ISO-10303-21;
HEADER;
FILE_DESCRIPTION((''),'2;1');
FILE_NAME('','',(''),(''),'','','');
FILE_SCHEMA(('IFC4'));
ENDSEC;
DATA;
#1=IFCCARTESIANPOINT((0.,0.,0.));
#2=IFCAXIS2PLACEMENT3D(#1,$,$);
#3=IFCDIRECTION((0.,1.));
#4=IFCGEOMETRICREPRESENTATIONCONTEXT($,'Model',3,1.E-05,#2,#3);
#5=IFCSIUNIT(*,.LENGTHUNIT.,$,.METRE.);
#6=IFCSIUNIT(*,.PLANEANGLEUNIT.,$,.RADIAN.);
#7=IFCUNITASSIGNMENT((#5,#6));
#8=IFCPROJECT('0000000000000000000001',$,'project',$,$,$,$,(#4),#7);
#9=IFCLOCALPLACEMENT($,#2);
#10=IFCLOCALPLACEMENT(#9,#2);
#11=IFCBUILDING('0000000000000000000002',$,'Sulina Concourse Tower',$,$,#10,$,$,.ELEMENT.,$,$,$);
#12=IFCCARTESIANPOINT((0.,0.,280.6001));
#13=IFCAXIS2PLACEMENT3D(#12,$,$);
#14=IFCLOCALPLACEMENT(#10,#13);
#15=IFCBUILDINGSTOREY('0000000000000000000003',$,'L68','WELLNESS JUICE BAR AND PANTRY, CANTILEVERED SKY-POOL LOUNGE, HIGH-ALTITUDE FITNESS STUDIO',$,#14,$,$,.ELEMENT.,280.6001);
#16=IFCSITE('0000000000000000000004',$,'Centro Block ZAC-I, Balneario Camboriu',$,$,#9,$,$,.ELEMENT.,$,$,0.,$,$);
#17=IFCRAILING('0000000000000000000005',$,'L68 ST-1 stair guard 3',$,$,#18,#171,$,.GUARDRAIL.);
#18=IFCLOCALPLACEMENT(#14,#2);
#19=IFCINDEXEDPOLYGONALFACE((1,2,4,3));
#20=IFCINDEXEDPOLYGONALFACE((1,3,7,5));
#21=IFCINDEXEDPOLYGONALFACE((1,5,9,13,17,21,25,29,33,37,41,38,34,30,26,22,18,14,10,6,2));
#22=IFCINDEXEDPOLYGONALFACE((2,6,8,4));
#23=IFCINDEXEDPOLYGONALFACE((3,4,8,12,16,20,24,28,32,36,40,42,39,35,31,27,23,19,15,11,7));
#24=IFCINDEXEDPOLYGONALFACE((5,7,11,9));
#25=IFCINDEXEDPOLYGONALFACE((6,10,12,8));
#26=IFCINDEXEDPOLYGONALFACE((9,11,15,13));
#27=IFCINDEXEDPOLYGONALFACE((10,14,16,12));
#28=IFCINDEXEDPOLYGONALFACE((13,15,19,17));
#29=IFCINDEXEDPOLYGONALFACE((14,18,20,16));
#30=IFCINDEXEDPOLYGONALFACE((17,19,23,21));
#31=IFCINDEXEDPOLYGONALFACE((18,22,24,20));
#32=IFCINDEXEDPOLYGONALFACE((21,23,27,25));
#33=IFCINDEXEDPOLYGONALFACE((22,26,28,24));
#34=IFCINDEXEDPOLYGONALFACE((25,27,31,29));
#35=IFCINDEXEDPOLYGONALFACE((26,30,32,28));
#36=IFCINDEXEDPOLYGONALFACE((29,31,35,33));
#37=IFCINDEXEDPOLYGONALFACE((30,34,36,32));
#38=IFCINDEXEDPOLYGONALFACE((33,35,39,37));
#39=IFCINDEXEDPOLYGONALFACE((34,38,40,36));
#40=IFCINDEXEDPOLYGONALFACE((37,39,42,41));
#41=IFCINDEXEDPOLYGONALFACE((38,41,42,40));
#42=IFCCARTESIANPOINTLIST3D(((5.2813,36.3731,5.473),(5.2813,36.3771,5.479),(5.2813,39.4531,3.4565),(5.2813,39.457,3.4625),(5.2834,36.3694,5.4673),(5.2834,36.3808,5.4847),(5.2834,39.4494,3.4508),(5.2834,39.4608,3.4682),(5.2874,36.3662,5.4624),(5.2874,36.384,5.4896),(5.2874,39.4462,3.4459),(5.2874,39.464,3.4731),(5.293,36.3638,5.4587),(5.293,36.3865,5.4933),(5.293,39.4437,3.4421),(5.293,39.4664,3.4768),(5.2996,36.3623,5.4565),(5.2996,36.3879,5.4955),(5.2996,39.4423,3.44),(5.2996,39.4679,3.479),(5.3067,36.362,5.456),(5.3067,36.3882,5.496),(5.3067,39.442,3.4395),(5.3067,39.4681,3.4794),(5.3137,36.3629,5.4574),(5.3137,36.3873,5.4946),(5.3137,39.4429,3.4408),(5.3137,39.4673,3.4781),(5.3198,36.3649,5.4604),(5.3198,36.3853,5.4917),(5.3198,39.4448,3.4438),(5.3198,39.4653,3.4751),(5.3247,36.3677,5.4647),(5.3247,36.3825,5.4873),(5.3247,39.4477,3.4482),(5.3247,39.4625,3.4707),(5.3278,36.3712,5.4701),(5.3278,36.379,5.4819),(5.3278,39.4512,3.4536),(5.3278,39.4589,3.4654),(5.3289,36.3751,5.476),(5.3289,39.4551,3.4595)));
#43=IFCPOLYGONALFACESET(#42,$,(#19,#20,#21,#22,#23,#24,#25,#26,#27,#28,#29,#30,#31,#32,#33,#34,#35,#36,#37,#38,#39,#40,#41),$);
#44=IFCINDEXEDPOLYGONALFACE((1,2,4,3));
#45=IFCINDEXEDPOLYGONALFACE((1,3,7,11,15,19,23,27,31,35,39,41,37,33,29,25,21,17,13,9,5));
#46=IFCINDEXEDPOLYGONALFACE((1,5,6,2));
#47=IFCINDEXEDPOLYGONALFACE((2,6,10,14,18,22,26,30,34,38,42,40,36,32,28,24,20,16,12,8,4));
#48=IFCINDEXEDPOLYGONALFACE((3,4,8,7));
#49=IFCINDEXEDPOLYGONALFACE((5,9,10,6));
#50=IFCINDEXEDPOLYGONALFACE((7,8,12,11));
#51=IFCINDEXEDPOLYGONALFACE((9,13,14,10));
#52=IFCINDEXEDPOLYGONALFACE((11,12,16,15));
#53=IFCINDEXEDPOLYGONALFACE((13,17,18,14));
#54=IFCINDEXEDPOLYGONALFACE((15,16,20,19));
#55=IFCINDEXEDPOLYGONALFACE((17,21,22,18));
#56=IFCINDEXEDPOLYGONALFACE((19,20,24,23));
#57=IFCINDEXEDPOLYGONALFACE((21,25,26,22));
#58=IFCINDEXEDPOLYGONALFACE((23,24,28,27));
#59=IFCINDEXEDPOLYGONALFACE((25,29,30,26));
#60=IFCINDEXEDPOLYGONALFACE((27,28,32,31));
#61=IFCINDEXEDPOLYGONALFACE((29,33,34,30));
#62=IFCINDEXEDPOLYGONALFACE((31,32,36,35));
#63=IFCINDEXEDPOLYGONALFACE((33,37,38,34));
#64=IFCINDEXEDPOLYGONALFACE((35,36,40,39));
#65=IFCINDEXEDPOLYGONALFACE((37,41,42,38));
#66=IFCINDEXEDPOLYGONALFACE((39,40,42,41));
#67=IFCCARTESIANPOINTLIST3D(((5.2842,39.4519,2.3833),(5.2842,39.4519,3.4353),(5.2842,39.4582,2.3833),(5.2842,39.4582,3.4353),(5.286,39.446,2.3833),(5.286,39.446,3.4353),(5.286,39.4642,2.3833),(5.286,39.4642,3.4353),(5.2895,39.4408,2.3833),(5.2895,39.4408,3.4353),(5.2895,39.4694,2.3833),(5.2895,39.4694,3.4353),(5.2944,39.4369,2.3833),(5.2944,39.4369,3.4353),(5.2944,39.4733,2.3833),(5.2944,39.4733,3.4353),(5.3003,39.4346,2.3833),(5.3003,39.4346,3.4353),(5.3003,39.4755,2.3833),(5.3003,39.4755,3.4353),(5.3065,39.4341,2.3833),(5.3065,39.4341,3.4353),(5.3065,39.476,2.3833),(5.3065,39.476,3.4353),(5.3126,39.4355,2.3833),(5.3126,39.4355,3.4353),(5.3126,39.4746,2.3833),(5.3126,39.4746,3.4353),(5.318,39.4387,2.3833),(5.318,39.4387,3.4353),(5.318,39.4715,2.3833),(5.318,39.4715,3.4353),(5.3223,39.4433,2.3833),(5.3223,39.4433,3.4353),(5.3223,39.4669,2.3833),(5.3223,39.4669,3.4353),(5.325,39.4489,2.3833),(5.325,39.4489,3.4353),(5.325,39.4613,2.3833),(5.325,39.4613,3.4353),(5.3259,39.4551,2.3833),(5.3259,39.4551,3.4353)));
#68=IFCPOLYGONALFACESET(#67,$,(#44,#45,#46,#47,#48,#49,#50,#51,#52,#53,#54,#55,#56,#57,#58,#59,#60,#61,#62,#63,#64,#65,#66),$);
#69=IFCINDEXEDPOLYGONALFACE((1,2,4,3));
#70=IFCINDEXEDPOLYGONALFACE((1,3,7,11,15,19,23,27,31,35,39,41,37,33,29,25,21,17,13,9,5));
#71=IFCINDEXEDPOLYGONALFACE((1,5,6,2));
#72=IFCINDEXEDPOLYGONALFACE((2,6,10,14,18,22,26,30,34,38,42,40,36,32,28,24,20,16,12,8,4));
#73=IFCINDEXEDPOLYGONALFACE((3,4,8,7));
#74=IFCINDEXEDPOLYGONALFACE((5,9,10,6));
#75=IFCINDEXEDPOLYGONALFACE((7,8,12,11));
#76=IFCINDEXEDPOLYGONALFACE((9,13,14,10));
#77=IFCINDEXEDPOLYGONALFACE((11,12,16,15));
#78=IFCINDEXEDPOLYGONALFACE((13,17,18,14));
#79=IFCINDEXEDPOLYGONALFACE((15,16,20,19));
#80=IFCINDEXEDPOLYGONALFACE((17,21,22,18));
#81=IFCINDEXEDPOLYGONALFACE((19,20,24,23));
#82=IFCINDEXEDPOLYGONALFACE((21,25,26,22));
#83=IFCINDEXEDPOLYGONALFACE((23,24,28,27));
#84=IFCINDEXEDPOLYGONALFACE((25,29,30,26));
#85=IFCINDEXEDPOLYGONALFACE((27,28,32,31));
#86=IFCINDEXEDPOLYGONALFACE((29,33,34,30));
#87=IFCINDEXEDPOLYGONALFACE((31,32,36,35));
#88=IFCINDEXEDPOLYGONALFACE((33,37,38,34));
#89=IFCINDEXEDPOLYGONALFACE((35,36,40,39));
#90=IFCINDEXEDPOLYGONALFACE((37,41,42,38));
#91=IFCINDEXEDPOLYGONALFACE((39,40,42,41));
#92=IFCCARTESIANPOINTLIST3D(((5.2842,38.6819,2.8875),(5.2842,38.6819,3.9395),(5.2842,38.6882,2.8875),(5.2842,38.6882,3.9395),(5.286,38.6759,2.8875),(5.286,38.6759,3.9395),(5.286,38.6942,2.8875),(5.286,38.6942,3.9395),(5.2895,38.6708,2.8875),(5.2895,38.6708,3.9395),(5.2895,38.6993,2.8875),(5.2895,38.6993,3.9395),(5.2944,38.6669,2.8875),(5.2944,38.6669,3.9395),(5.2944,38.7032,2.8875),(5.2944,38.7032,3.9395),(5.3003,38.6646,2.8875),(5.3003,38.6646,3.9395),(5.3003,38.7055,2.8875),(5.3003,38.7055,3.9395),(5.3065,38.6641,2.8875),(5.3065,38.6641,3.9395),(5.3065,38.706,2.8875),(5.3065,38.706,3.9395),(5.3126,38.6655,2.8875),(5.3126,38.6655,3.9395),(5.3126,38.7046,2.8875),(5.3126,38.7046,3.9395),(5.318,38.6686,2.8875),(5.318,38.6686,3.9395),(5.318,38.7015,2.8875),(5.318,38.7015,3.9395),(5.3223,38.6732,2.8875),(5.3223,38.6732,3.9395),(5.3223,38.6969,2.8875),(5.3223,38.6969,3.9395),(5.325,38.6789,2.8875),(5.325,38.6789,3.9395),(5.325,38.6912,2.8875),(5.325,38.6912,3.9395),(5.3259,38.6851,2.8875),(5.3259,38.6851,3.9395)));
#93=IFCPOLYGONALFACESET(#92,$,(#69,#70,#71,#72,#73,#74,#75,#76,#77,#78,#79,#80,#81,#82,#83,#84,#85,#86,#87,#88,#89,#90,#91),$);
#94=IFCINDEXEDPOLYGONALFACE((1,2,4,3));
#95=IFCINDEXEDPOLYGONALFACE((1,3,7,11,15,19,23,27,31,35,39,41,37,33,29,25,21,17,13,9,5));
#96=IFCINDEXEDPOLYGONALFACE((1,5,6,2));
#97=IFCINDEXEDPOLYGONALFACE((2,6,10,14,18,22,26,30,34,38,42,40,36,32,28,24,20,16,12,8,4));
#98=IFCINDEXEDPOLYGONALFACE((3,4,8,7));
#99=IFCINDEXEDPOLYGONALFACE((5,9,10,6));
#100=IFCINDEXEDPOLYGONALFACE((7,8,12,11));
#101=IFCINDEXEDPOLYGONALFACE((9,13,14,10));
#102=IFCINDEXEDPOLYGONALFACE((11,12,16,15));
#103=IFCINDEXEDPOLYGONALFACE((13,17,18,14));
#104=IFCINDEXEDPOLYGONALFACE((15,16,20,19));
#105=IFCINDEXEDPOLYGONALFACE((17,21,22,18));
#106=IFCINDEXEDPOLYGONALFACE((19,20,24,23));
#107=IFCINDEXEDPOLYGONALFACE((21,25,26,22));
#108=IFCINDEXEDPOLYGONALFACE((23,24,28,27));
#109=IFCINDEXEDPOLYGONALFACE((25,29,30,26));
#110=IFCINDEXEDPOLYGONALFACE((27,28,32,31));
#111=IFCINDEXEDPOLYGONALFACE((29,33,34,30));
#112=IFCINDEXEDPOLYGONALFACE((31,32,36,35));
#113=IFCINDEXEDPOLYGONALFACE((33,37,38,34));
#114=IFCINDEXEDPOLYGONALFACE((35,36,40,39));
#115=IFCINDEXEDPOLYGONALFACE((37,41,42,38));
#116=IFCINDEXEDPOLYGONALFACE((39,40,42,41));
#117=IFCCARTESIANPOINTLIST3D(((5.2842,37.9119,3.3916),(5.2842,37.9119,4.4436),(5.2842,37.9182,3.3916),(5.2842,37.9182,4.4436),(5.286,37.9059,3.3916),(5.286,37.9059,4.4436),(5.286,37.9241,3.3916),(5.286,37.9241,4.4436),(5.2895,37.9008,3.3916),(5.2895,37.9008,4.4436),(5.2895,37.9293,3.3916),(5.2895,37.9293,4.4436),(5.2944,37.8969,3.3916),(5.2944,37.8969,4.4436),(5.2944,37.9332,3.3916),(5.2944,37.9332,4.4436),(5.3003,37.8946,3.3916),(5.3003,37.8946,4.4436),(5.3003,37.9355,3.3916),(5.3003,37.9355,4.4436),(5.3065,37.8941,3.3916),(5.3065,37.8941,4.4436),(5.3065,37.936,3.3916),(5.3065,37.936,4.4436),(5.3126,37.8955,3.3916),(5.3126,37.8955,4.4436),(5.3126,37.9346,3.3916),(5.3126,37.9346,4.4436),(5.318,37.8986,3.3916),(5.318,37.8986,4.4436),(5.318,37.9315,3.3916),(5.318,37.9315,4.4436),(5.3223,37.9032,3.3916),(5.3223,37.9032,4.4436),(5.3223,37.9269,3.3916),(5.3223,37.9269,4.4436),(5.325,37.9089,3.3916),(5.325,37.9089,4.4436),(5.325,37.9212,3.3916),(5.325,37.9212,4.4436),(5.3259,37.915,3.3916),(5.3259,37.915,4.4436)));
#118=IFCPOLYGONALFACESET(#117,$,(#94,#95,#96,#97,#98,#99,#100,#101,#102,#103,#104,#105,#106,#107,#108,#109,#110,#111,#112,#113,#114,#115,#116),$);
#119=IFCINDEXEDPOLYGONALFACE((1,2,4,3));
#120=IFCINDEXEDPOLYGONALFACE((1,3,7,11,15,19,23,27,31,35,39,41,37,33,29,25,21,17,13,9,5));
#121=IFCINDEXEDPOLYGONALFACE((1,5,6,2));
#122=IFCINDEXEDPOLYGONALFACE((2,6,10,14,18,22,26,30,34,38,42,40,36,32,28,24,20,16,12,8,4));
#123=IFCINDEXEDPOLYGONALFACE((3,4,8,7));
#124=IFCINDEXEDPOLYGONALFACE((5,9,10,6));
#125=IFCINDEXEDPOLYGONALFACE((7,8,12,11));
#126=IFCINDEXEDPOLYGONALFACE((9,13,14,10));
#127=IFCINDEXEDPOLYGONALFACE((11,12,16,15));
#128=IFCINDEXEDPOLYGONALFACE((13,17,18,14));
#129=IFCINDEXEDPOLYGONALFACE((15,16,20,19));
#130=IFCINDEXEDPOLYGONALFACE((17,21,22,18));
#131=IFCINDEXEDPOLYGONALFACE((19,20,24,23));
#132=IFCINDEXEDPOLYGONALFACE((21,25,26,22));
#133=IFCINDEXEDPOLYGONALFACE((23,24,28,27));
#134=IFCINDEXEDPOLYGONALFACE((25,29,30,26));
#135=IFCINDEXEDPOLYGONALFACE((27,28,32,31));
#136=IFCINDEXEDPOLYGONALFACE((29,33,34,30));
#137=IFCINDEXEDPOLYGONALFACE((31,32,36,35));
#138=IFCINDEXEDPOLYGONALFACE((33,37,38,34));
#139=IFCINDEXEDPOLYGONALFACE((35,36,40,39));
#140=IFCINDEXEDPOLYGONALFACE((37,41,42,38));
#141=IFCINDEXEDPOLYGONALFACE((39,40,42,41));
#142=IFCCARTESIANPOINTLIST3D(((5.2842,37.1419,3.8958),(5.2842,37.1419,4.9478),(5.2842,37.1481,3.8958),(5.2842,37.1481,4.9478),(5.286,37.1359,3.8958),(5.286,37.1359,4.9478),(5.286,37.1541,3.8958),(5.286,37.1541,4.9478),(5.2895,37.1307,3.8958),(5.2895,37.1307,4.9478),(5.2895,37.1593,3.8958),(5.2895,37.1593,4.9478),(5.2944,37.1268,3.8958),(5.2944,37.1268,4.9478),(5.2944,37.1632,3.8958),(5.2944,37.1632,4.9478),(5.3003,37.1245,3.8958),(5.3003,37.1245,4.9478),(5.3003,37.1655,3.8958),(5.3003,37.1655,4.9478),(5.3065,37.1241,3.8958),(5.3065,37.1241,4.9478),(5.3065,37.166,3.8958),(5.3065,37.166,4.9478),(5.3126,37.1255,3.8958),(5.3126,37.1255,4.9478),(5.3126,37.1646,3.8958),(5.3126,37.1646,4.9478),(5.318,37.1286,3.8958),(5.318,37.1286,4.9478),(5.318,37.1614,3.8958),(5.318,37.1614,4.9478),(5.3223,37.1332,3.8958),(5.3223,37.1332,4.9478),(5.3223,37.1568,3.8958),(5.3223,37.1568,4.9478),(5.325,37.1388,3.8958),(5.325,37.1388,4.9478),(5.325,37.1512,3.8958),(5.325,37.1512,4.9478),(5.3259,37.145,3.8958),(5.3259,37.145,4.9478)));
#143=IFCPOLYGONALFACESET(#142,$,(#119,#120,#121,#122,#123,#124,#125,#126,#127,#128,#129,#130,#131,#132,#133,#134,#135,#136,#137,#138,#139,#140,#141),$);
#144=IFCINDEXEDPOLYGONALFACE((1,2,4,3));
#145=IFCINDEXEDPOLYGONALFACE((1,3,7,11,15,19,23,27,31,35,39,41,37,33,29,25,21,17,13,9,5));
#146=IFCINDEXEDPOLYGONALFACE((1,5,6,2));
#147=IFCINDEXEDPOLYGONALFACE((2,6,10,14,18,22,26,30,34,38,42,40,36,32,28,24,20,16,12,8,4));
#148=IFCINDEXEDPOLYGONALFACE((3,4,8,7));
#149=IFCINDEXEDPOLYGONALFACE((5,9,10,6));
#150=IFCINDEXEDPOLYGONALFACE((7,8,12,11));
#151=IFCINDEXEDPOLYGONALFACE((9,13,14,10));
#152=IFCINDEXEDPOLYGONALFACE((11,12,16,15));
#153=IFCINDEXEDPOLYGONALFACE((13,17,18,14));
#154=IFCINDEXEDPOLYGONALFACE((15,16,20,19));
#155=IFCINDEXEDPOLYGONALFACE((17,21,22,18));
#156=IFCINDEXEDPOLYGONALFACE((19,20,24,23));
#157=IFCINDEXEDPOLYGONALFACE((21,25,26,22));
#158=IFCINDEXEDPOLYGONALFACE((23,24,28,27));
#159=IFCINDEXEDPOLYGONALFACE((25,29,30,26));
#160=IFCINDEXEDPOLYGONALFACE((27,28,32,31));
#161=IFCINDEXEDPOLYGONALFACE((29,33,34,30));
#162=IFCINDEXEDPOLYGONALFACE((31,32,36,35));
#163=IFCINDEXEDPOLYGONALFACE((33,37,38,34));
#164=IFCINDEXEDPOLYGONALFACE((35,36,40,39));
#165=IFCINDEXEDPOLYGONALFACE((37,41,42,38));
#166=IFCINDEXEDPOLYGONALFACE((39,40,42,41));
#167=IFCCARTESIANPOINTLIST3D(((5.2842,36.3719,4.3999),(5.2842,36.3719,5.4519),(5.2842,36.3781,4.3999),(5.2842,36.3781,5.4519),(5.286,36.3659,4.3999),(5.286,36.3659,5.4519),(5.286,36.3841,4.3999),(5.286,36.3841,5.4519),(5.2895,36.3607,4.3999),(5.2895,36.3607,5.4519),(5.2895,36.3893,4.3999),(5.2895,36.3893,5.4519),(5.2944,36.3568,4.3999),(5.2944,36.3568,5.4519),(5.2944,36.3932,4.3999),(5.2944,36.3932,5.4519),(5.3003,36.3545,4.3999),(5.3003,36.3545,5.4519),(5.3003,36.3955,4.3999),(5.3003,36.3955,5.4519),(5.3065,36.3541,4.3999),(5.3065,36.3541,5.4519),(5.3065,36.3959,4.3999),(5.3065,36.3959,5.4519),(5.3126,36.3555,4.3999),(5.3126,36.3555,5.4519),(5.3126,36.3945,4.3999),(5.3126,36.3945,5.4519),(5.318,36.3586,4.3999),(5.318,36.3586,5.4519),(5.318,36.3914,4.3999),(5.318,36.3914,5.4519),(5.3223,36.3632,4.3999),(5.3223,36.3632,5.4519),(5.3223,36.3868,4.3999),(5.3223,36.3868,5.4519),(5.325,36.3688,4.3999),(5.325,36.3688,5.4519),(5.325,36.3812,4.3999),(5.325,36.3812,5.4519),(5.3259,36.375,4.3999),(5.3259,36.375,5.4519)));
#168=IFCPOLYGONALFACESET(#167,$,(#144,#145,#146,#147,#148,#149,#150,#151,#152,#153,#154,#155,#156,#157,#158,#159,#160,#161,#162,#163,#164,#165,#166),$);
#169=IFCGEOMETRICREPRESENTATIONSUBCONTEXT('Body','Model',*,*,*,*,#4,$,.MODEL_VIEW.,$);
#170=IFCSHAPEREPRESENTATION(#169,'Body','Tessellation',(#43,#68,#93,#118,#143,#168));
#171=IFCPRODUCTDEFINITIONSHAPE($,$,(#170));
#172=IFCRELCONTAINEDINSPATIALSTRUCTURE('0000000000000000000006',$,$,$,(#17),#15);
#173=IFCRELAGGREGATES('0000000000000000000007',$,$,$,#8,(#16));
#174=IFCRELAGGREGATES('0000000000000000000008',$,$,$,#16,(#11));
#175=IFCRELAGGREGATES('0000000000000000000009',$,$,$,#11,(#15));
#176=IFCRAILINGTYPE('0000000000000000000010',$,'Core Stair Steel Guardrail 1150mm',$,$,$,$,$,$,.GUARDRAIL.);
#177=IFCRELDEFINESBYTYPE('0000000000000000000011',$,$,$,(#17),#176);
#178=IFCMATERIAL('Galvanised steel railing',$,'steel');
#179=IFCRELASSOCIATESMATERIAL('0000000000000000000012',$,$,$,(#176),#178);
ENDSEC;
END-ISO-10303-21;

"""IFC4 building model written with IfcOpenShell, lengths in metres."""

from ifc_helpers import new_model, si_unit, direction, frame, origin, origin_2d, place, context, subcontext, project, spatial, circle, extrude, material, type_object, element, save


model = new_model("IFC4")

# Units and contexts
model_context = context("Model", 3, precision=1e-05, world=origin(), true_north=direction((0.0, 1.0)))
body_context = subcontext(model_context, "Body", "Model", "MODEL_VIEW")
ifc_project = project(units=[si_unit("LENGTHUNIT", "METRE"), si_unit("PLANEANGLEUNIT", "RADIAN")], contexts=[model_context])

# Site, building, storey
site_placement = place(None, origin())
site = spatial("IfcSite", under=ifc_project, at=site_placement, Name="Centro Block ZAC-I, Balneario Camboriu", CompositionType="ELEMENT", RefElevation=0.0)
building_placement = place(site_placement, origin())
building = spatial("IfcBuilding", under=site, at=building_placement, Name="Sulina Concourse Tower", CompositionType="ELEMENT")
storey_placement = place(building_placement, frame((0.0, 0.0, 280.6001)))
storey = spatial("IfcBuildingStorey", under=building, at=storey_placement, Name="L68", Description="WELLNESS JUICE BAR AND PANTRY, CANTILEVERED SKY-POOL LOUNGE, HIGH-ALTITUDE FITNESS STUDIO", CompositionType="ELEMENT", Elevation=280.6001)

# Railing
ifc_material_1 = material(Name="Galvanised steel railing", Category="steel")
railing_type_1 = type_object("IfcRailingType", Name="Core Stair Steel Guardrail 1150mm", PredefinedType="GUARDRAIL", material=ifc_material_1)
railing_1_placement = place(storey_placement, frame((5.3049, 39.4551, 2.3833)))
element("IfcRailing", 1, at=railing_1_placement, inside=storey, type_object=railing_type_1, Name="L68 ST-1 stair guard 3", PredefinedType="GUARDRAIL", context=body_context, shape_type="SweptSolid", body=[
    extrude(circle(Radius=0.0239, at=origin_2d()), frame((0.0, 0.0, 1.0762), z_axis=(0.0, -0.836633, 0.547764), x_axis=(1.0, 0.0, 0.0)), (0.0, 0.0, 1.0), 3.6814),
    extrude(circle(Radius=0.021, at=origin_2d()), origin(), (0.0, 0.0, 1.0), 1.052),
    extrude(circle(Radius=0.021, at=origin_2d()), frame((0.0, -0.77, 0.5042)), (0.0, 0.0, 1.0), 1.052),
    extrude(circle(Radius=0.021, at=origin_2d()), frame((0.0, -1.54, 1.0083)), (0.0, 0.0, 1.0), 1.052),
    extrude(circle(Radius=0.021, at=origin_2d()), frame((0.0, -2.3101, 1.5125)), (0.0, 0.0, 1.0), 1.052),
    extrude(circle(Radius=0.021, at=origin_2d()), frame((0.0, -3.0801, 2.0166)), (0.0, 0.0, 1.0), 1.052),
])

save(model, "model.ifc")
